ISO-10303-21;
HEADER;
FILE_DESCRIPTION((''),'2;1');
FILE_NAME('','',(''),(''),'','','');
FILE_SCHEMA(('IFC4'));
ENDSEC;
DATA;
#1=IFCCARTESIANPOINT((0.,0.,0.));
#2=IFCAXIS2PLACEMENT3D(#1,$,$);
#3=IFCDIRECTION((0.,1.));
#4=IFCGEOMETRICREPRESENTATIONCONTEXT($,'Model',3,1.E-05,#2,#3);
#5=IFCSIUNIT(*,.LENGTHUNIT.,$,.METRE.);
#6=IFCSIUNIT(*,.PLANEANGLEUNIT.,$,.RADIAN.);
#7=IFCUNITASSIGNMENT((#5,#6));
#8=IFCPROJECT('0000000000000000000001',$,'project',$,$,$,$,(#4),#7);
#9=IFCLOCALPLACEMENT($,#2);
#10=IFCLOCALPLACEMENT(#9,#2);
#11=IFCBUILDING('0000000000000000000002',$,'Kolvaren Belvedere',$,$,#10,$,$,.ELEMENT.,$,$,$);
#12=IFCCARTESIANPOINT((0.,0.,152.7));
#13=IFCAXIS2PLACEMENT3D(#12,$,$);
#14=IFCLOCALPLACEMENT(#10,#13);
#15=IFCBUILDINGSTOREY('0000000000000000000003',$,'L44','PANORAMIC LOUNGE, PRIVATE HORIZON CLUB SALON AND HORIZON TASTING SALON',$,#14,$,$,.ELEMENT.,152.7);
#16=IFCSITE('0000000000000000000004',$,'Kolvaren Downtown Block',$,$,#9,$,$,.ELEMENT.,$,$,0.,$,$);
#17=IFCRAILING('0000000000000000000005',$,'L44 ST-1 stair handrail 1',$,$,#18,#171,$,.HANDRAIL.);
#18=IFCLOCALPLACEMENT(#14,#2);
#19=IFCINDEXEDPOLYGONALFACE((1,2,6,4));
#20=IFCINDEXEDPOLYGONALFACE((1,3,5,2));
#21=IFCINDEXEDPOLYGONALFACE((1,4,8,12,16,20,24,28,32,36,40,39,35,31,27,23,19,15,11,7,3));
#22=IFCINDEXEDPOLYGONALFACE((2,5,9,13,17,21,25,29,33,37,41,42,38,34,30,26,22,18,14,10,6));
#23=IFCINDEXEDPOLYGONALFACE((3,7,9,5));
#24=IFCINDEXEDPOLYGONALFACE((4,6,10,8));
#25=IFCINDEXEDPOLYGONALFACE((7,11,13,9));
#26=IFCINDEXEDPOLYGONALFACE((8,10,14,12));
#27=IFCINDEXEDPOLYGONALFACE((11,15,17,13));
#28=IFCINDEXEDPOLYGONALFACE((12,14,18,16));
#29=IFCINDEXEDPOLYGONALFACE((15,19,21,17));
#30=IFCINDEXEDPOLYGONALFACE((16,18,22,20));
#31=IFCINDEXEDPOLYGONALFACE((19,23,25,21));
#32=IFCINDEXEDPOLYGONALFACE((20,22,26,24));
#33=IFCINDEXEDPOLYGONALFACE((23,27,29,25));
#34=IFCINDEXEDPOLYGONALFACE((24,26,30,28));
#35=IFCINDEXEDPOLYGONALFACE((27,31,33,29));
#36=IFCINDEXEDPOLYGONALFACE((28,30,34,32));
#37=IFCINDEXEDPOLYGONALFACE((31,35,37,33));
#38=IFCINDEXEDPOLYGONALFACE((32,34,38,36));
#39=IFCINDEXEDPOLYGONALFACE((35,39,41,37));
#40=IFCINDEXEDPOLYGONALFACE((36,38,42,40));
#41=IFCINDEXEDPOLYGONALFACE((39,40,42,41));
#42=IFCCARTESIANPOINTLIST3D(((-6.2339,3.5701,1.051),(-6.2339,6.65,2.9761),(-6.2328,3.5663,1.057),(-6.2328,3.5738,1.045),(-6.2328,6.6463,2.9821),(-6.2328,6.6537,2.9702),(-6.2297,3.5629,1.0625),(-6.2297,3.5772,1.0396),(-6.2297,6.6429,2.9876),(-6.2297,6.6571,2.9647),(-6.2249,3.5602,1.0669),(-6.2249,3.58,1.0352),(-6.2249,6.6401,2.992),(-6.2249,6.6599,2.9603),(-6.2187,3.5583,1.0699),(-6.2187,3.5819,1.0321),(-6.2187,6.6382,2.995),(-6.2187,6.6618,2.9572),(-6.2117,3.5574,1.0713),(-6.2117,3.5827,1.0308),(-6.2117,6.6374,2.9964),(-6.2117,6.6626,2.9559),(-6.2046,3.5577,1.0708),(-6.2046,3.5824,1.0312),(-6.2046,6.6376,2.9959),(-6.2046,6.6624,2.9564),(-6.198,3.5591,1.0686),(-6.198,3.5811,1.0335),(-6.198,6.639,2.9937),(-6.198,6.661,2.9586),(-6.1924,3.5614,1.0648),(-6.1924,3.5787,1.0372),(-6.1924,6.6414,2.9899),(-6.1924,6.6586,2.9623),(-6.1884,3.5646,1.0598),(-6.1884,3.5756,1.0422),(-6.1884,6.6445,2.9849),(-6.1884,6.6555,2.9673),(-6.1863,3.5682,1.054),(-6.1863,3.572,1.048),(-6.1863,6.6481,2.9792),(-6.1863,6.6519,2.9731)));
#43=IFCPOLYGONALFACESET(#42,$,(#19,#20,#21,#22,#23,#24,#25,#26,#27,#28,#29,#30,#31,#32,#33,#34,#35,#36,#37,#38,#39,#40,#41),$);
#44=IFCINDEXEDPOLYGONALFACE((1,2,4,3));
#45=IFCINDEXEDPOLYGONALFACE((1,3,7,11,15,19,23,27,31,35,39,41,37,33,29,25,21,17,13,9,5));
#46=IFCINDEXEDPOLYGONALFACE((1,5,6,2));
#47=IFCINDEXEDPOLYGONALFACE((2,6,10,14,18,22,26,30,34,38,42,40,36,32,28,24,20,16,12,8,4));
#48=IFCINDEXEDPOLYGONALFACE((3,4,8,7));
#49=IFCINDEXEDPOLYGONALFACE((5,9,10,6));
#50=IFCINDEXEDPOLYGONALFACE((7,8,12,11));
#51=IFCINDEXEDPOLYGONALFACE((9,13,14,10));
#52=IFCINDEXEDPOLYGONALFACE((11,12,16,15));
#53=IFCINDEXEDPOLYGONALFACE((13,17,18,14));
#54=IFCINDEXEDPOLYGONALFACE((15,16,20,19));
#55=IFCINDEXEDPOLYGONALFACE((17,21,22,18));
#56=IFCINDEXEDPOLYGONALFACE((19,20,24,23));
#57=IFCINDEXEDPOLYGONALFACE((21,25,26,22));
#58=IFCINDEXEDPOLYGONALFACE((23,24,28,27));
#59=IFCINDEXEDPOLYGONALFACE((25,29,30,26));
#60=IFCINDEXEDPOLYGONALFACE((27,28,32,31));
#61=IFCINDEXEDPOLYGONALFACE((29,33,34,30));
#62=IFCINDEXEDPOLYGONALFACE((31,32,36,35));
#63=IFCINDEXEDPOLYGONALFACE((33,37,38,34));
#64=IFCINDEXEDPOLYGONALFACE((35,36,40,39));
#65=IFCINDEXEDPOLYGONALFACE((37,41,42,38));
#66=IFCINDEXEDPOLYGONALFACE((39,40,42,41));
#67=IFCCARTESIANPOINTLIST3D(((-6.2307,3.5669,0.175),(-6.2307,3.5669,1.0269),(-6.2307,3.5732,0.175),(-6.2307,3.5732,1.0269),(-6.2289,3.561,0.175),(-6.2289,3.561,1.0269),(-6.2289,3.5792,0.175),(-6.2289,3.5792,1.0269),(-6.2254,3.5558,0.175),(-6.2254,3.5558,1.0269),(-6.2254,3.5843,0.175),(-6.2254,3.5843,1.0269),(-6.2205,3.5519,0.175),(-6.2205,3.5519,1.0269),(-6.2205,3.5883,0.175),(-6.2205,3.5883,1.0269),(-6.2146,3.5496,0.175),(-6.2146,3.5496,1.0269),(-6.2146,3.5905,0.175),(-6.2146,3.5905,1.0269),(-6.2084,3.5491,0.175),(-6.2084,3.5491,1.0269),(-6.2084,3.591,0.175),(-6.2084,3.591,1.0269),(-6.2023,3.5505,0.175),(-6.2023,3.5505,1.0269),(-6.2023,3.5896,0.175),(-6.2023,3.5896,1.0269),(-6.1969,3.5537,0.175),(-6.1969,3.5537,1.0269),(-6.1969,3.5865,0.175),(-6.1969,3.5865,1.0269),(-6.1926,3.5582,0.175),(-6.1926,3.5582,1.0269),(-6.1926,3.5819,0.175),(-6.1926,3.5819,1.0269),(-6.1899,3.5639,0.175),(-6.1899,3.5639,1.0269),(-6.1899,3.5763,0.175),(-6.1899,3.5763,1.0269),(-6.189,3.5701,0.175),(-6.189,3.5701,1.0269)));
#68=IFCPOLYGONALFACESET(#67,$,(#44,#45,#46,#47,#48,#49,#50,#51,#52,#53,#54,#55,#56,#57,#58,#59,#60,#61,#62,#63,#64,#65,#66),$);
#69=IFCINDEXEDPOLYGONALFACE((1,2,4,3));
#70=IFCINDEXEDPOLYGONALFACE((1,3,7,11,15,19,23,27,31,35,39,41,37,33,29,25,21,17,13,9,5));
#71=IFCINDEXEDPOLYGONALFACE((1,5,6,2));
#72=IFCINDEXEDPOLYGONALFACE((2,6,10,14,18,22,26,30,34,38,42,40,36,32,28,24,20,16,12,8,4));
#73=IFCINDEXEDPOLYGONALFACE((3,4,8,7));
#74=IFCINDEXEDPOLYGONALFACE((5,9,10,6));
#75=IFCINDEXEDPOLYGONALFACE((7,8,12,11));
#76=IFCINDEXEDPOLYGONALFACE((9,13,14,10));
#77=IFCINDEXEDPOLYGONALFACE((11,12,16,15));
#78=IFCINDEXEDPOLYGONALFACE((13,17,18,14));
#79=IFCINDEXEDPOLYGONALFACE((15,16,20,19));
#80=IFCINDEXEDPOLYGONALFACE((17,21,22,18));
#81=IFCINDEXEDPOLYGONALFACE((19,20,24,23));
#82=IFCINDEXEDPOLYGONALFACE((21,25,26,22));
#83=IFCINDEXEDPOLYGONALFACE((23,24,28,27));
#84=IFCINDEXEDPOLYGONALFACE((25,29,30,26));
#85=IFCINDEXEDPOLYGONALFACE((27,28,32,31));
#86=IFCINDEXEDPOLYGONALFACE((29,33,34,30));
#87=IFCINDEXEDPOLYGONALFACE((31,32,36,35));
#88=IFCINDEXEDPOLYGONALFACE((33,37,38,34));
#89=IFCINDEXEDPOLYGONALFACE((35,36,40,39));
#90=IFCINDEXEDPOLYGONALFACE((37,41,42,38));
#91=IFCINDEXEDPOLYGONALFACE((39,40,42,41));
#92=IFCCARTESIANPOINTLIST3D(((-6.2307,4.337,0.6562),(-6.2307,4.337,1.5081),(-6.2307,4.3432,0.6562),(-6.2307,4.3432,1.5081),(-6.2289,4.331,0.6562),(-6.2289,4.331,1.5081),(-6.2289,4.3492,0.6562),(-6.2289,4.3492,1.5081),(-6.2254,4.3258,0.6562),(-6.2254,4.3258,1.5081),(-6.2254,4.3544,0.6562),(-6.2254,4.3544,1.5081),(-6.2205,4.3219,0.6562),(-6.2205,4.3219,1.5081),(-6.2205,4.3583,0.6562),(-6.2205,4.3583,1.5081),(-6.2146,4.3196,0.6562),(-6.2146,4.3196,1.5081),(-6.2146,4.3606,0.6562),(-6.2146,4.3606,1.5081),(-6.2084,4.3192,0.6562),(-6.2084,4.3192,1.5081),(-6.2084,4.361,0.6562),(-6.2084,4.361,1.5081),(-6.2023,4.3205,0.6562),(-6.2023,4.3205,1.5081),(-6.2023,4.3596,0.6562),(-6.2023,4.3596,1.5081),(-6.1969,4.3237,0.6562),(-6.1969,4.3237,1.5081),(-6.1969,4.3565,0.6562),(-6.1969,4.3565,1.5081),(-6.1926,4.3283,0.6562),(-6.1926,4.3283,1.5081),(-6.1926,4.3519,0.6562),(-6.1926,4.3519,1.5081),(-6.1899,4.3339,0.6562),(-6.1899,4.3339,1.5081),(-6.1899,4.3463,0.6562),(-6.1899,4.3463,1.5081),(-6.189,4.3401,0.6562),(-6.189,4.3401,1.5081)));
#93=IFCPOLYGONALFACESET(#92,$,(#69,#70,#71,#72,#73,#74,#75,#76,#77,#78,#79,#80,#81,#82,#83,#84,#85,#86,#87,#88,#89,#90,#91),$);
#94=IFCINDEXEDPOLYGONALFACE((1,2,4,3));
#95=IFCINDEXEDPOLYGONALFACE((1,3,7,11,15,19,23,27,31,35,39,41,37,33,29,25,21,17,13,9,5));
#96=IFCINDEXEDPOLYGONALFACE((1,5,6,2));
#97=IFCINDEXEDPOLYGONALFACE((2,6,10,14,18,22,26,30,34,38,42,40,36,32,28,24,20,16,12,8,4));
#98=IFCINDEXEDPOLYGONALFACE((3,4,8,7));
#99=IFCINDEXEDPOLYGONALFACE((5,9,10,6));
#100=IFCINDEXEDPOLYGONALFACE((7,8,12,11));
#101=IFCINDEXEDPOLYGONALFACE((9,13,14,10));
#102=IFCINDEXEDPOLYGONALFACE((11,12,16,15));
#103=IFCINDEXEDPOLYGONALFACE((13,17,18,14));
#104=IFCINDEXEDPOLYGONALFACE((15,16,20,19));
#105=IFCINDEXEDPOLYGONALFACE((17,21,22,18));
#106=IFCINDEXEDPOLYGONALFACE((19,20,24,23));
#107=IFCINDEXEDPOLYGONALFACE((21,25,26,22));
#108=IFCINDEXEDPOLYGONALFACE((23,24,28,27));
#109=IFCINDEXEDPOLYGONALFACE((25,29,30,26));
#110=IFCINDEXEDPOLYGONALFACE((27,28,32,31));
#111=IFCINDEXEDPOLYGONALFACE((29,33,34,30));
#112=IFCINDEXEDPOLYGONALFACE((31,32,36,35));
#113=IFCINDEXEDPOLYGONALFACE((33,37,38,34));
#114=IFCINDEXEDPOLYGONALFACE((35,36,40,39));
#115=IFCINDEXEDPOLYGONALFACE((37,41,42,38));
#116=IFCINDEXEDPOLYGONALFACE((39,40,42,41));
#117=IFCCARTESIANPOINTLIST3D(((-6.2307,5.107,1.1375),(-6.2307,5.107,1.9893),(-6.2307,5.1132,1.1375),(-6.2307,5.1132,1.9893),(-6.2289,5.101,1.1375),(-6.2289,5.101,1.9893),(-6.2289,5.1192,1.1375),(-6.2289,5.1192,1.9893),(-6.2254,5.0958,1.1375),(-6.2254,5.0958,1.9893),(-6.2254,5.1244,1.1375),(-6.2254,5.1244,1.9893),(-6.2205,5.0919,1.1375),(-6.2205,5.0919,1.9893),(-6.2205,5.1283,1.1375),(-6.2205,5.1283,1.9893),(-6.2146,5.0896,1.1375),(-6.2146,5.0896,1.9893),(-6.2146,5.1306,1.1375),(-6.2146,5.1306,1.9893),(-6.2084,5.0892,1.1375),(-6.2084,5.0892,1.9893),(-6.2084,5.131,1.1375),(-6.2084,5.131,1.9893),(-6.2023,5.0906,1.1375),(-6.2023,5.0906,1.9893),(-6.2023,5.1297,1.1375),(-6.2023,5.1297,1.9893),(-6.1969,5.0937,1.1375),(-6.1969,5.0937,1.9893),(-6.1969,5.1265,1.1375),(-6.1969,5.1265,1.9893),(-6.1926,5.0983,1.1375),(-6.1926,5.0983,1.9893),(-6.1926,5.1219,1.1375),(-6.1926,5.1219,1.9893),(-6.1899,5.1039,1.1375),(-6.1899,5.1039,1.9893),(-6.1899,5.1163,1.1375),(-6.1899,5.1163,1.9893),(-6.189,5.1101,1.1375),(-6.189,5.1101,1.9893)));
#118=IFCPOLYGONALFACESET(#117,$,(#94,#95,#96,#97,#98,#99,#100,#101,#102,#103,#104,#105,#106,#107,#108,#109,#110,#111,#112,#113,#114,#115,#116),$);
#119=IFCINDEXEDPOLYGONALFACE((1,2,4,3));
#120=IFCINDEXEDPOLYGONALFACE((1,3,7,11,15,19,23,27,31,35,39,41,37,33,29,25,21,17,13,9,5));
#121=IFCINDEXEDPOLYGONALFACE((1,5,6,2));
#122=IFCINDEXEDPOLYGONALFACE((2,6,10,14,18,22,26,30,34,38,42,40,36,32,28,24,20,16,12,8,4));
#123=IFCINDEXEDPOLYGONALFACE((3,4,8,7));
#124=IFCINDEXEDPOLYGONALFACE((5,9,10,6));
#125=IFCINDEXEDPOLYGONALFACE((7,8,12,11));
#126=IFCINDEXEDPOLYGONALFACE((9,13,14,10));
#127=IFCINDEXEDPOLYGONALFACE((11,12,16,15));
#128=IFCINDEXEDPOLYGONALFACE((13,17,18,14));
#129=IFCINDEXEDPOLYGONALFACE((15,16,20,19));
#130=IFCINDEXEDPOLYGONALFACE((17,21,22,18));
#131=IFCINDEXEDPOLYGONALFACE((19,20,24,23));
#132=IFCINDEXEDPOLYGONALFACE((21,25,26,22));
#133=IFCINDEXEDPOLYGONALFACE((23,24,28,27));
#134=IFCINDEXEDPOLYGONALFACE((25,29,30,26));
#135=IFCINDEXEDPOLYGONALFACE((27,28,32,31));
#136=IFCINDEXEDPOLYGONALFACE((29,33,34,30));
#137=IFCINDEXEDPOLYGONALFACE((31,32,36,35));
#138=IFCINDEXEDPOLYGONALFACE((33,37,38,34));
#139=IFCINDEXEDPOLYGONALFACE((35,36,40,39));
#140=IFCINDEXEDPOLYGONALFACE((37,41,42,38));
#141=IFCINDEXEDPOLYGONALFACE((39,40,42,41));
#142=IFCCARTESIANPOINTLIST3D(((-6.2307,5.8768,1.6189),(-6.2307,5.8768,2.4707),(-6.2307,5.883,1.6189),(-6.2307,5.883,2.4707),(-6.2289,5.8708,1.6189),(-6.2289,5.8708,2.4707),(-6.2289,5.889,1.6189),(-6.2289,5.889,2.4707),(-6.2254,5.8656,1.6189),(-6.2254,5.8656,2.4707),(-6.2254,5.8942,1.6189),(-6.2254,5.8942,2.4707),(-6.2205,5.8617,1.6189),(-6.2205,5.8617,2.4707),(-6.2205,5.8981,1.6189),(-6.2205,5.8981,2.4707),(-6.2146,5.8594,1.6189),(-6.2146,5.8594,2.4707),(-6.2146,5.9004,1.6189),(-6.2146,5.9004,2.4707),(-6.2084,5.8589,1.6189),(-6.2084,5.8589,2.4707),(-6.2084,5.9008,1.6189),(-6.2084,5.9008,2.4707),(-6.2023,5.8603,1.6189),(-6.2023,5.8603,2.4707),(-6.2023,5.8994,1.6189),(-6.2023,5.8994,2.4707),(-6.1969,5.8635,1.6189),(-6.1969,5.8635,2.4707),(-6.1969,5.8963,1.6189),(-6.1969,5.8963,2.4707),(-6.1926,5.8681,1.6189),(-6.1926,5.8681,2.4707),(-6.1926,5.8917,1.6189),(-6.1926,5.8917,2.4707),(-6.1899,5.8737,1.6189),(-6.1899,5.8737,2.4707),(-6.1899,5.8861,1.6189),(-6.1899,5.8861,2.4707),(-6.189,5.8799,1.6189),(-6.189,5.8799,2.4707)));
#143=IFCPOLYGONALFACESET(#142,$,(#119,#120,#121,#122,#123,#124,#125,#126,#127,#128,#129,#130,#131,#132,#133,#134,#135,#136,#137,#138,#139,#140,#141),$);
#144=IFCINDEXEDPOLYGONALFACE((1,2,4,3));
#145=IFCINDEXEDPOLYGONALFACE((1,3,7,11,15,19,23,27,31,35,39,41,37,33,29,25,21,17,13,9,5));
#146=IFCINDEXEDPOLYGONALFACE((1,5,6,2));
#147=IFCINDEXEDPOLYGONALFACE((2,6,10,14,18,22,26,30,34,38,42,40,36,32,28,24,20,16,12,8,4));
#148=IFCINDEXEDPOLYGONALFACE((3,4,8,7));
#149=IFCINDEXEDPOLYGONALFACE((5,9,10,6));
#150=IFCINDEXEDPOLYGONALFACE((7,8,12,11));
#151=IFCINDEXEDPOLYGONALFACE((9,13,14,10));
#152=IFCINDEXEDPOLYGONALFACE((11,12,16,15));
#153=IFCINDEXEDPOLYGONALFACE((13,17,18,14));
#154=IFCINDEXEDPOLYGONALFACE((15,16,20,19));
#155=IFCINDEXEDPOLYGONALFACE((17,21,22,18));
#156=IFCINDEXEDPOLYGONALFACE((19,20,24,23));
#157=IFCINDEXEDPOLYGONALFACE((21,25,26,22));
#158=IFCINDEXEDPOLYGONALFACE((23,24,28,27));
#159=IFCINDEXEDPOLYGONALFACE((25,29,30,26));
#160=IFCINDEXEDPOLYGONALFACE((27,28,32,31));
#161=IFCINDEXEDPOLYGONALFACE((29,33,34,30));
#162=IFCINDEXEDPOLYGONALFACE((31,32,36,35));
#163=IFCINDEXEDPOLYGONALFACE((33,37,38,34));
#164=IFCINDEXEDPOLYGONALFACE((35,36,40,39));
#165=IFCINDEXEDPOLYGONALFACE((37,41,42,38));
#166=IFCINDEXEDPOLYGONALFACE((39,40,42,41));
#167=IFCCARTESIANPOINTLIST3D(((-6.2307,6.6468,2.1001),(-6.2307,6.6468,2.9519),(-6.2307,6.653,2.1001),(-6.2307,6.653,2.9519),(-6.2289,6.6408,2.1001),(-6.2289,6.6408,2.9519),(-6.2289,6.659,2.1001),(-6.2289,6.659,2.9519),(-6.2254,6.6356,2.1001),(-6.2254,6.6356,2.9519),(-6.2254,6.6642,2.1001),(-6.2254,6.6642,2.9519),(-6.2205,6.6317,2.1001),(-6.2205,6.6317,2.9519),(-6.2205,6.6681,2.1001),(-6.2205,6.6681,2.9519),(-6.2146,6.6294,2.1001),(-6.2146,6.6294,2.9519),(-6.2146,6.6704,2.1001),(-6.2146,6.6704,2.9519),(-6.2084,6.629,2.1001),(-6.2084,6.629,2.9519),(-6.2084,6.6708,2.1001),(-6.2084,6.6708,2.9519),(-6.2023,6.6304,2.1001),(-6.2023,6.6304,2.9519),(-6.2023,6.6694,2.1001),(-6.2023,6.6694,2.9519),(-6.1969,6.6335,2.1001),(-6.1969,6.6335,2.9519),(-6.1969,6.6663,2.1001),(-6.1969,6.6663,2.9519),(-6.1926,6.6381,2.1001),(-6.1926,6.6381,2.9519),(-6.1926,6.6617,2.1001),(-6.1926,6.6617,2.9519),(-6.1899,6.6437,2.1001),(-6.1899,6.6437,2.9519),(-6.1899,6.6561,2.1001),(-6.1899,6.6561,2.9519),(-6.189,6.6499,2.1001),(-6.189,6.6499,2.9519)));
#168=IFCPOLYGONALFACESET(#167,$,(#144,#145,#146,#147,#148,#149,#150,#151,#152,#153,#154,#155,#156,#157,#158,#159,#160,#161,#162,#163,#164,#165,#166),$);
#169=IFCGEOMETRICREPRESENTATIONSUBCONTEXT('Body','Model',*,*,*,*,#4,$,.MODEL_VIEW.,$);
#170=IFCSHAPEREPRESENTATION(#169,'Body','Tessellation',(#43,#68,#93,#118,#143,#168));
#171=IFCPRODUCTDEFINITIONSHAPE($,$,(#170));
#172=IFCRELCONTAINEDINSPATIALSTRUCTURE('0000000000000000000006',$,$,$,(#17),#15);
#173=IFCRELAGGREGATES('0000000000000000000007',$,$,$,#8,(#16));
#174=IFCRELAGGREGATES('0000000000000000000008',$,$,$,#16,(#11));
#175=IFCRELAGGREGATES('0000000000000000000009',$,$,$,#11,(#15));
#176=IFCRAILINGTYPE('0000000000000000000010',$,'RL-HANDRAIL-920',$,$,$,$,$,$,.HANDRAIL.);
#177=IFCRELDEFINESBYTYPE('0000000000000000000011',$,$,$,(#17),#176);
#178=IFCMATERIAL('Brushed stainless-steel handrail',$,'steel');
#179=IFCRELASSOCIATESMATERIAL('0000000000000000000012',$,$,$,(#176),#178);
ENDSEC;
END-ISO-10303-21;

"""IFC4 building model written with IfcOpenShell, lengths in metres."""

from ifc_helpers import new_model, si_unit, direction, frame, origin, origin_2d, place, context, subcontext, project, spatial, circle, extrude, material, type_object, element, save


model = new_model("IFC4")

# Units and contexts
model_context = context("Model", 3, precision=1e-05, world=origin(), true_north=direction((0.0, 1.0)))
body_context = subcontext(model_context, "Body", "Model", "MODEL_VIEW")
ifc_project = project(units=[si_unit("LENGTHUNIT", "METRE"), si_unit("PLANEANGLEUNIT", "RADIAN")], contexts=[model_context])

# Site, building, storey
site_placement = place(None, origin())
site = spatial("IfcSite", under=ifc_project, at=site_placement, Name="Kolvaren Downtown Block", CompositionType="ELEMENT", RefElevation=0.0)
building_placement = place(site_placement, origin())
building = spatial("IfcBuilding", under=site, at=building_placement, Name="Kolvaren Belvedere", CompositionType="ELEMENT")
storey_placement = place(building_placement, frame((0.0, 0.0, 152.7)))
storey = spatial("IfcBuildingStorey", under=building, at=storey_placement, Name="L44", Description="PANORAMIC LOUNGE, PRIVATE HORIZON CLUB SALON AND HORIZON TASTING SALON", CompositionType="ELEMENT", Elevation=152.7)

# Railing
ifc_material_1 = material(Name="Brushed stainless-steel handrail", Category="steel")
railing_type_1 = type_object("IfcRailingType", Name="RL-HANDRAIL-920", PredefinedType="HANDRAIL", material=ifc_material_1)
railing_1_placement = place(storey_placement, frame((-6.21, 3.5701, 0.175)))
element("IfcRailing", 1, at=railing_1_placement, inside=storey, type_object=railing_type_1, Name="L44 ST-1 stair handrail 1", PredefinedType="HANDRAIL", context=body_context, shape_type="SweptSolid", body=[
    extrude(circle(Radius=0.0239, at=origin_2d()), frame((0.0, 0.0, 0.876), z_axis=(0.0, 0.847979, 0.530029), x_axis=(-1.0, 0.0, 0.0)), (0.0, 0.0, 1.0), 3.6321),
    extrude(circle(Radius=0.021, at=origin_2d()), origin(), (0.0, 0.0, 1.0), 0.8518),
    extrude(circle(Radius=0.021, at=origin_2d()), frame((0.0, 0.77, 0.4812)), (0.0, 0.0, 1.0), 0.8518),
    extrude(circle(Radius=0.021, at=origin_2d()), frame((0.0, 1.54, 0.9624)), (0.0, 0.0, 1.0), 0.8518),
    extrude(circle(Radius=0.021, at=origin_2d()), frame((0.0, 2.3098, 1.4438)), (0.0, 0.0, 1.0), 0.8518),
    extrude(circle(Radius=0.021, at=origin_2d()), frame((0.0, 3.0798, 1.925)), (0.0, 0.0, 1.0), 0.8518),
])

save(model, "model.ifc")
